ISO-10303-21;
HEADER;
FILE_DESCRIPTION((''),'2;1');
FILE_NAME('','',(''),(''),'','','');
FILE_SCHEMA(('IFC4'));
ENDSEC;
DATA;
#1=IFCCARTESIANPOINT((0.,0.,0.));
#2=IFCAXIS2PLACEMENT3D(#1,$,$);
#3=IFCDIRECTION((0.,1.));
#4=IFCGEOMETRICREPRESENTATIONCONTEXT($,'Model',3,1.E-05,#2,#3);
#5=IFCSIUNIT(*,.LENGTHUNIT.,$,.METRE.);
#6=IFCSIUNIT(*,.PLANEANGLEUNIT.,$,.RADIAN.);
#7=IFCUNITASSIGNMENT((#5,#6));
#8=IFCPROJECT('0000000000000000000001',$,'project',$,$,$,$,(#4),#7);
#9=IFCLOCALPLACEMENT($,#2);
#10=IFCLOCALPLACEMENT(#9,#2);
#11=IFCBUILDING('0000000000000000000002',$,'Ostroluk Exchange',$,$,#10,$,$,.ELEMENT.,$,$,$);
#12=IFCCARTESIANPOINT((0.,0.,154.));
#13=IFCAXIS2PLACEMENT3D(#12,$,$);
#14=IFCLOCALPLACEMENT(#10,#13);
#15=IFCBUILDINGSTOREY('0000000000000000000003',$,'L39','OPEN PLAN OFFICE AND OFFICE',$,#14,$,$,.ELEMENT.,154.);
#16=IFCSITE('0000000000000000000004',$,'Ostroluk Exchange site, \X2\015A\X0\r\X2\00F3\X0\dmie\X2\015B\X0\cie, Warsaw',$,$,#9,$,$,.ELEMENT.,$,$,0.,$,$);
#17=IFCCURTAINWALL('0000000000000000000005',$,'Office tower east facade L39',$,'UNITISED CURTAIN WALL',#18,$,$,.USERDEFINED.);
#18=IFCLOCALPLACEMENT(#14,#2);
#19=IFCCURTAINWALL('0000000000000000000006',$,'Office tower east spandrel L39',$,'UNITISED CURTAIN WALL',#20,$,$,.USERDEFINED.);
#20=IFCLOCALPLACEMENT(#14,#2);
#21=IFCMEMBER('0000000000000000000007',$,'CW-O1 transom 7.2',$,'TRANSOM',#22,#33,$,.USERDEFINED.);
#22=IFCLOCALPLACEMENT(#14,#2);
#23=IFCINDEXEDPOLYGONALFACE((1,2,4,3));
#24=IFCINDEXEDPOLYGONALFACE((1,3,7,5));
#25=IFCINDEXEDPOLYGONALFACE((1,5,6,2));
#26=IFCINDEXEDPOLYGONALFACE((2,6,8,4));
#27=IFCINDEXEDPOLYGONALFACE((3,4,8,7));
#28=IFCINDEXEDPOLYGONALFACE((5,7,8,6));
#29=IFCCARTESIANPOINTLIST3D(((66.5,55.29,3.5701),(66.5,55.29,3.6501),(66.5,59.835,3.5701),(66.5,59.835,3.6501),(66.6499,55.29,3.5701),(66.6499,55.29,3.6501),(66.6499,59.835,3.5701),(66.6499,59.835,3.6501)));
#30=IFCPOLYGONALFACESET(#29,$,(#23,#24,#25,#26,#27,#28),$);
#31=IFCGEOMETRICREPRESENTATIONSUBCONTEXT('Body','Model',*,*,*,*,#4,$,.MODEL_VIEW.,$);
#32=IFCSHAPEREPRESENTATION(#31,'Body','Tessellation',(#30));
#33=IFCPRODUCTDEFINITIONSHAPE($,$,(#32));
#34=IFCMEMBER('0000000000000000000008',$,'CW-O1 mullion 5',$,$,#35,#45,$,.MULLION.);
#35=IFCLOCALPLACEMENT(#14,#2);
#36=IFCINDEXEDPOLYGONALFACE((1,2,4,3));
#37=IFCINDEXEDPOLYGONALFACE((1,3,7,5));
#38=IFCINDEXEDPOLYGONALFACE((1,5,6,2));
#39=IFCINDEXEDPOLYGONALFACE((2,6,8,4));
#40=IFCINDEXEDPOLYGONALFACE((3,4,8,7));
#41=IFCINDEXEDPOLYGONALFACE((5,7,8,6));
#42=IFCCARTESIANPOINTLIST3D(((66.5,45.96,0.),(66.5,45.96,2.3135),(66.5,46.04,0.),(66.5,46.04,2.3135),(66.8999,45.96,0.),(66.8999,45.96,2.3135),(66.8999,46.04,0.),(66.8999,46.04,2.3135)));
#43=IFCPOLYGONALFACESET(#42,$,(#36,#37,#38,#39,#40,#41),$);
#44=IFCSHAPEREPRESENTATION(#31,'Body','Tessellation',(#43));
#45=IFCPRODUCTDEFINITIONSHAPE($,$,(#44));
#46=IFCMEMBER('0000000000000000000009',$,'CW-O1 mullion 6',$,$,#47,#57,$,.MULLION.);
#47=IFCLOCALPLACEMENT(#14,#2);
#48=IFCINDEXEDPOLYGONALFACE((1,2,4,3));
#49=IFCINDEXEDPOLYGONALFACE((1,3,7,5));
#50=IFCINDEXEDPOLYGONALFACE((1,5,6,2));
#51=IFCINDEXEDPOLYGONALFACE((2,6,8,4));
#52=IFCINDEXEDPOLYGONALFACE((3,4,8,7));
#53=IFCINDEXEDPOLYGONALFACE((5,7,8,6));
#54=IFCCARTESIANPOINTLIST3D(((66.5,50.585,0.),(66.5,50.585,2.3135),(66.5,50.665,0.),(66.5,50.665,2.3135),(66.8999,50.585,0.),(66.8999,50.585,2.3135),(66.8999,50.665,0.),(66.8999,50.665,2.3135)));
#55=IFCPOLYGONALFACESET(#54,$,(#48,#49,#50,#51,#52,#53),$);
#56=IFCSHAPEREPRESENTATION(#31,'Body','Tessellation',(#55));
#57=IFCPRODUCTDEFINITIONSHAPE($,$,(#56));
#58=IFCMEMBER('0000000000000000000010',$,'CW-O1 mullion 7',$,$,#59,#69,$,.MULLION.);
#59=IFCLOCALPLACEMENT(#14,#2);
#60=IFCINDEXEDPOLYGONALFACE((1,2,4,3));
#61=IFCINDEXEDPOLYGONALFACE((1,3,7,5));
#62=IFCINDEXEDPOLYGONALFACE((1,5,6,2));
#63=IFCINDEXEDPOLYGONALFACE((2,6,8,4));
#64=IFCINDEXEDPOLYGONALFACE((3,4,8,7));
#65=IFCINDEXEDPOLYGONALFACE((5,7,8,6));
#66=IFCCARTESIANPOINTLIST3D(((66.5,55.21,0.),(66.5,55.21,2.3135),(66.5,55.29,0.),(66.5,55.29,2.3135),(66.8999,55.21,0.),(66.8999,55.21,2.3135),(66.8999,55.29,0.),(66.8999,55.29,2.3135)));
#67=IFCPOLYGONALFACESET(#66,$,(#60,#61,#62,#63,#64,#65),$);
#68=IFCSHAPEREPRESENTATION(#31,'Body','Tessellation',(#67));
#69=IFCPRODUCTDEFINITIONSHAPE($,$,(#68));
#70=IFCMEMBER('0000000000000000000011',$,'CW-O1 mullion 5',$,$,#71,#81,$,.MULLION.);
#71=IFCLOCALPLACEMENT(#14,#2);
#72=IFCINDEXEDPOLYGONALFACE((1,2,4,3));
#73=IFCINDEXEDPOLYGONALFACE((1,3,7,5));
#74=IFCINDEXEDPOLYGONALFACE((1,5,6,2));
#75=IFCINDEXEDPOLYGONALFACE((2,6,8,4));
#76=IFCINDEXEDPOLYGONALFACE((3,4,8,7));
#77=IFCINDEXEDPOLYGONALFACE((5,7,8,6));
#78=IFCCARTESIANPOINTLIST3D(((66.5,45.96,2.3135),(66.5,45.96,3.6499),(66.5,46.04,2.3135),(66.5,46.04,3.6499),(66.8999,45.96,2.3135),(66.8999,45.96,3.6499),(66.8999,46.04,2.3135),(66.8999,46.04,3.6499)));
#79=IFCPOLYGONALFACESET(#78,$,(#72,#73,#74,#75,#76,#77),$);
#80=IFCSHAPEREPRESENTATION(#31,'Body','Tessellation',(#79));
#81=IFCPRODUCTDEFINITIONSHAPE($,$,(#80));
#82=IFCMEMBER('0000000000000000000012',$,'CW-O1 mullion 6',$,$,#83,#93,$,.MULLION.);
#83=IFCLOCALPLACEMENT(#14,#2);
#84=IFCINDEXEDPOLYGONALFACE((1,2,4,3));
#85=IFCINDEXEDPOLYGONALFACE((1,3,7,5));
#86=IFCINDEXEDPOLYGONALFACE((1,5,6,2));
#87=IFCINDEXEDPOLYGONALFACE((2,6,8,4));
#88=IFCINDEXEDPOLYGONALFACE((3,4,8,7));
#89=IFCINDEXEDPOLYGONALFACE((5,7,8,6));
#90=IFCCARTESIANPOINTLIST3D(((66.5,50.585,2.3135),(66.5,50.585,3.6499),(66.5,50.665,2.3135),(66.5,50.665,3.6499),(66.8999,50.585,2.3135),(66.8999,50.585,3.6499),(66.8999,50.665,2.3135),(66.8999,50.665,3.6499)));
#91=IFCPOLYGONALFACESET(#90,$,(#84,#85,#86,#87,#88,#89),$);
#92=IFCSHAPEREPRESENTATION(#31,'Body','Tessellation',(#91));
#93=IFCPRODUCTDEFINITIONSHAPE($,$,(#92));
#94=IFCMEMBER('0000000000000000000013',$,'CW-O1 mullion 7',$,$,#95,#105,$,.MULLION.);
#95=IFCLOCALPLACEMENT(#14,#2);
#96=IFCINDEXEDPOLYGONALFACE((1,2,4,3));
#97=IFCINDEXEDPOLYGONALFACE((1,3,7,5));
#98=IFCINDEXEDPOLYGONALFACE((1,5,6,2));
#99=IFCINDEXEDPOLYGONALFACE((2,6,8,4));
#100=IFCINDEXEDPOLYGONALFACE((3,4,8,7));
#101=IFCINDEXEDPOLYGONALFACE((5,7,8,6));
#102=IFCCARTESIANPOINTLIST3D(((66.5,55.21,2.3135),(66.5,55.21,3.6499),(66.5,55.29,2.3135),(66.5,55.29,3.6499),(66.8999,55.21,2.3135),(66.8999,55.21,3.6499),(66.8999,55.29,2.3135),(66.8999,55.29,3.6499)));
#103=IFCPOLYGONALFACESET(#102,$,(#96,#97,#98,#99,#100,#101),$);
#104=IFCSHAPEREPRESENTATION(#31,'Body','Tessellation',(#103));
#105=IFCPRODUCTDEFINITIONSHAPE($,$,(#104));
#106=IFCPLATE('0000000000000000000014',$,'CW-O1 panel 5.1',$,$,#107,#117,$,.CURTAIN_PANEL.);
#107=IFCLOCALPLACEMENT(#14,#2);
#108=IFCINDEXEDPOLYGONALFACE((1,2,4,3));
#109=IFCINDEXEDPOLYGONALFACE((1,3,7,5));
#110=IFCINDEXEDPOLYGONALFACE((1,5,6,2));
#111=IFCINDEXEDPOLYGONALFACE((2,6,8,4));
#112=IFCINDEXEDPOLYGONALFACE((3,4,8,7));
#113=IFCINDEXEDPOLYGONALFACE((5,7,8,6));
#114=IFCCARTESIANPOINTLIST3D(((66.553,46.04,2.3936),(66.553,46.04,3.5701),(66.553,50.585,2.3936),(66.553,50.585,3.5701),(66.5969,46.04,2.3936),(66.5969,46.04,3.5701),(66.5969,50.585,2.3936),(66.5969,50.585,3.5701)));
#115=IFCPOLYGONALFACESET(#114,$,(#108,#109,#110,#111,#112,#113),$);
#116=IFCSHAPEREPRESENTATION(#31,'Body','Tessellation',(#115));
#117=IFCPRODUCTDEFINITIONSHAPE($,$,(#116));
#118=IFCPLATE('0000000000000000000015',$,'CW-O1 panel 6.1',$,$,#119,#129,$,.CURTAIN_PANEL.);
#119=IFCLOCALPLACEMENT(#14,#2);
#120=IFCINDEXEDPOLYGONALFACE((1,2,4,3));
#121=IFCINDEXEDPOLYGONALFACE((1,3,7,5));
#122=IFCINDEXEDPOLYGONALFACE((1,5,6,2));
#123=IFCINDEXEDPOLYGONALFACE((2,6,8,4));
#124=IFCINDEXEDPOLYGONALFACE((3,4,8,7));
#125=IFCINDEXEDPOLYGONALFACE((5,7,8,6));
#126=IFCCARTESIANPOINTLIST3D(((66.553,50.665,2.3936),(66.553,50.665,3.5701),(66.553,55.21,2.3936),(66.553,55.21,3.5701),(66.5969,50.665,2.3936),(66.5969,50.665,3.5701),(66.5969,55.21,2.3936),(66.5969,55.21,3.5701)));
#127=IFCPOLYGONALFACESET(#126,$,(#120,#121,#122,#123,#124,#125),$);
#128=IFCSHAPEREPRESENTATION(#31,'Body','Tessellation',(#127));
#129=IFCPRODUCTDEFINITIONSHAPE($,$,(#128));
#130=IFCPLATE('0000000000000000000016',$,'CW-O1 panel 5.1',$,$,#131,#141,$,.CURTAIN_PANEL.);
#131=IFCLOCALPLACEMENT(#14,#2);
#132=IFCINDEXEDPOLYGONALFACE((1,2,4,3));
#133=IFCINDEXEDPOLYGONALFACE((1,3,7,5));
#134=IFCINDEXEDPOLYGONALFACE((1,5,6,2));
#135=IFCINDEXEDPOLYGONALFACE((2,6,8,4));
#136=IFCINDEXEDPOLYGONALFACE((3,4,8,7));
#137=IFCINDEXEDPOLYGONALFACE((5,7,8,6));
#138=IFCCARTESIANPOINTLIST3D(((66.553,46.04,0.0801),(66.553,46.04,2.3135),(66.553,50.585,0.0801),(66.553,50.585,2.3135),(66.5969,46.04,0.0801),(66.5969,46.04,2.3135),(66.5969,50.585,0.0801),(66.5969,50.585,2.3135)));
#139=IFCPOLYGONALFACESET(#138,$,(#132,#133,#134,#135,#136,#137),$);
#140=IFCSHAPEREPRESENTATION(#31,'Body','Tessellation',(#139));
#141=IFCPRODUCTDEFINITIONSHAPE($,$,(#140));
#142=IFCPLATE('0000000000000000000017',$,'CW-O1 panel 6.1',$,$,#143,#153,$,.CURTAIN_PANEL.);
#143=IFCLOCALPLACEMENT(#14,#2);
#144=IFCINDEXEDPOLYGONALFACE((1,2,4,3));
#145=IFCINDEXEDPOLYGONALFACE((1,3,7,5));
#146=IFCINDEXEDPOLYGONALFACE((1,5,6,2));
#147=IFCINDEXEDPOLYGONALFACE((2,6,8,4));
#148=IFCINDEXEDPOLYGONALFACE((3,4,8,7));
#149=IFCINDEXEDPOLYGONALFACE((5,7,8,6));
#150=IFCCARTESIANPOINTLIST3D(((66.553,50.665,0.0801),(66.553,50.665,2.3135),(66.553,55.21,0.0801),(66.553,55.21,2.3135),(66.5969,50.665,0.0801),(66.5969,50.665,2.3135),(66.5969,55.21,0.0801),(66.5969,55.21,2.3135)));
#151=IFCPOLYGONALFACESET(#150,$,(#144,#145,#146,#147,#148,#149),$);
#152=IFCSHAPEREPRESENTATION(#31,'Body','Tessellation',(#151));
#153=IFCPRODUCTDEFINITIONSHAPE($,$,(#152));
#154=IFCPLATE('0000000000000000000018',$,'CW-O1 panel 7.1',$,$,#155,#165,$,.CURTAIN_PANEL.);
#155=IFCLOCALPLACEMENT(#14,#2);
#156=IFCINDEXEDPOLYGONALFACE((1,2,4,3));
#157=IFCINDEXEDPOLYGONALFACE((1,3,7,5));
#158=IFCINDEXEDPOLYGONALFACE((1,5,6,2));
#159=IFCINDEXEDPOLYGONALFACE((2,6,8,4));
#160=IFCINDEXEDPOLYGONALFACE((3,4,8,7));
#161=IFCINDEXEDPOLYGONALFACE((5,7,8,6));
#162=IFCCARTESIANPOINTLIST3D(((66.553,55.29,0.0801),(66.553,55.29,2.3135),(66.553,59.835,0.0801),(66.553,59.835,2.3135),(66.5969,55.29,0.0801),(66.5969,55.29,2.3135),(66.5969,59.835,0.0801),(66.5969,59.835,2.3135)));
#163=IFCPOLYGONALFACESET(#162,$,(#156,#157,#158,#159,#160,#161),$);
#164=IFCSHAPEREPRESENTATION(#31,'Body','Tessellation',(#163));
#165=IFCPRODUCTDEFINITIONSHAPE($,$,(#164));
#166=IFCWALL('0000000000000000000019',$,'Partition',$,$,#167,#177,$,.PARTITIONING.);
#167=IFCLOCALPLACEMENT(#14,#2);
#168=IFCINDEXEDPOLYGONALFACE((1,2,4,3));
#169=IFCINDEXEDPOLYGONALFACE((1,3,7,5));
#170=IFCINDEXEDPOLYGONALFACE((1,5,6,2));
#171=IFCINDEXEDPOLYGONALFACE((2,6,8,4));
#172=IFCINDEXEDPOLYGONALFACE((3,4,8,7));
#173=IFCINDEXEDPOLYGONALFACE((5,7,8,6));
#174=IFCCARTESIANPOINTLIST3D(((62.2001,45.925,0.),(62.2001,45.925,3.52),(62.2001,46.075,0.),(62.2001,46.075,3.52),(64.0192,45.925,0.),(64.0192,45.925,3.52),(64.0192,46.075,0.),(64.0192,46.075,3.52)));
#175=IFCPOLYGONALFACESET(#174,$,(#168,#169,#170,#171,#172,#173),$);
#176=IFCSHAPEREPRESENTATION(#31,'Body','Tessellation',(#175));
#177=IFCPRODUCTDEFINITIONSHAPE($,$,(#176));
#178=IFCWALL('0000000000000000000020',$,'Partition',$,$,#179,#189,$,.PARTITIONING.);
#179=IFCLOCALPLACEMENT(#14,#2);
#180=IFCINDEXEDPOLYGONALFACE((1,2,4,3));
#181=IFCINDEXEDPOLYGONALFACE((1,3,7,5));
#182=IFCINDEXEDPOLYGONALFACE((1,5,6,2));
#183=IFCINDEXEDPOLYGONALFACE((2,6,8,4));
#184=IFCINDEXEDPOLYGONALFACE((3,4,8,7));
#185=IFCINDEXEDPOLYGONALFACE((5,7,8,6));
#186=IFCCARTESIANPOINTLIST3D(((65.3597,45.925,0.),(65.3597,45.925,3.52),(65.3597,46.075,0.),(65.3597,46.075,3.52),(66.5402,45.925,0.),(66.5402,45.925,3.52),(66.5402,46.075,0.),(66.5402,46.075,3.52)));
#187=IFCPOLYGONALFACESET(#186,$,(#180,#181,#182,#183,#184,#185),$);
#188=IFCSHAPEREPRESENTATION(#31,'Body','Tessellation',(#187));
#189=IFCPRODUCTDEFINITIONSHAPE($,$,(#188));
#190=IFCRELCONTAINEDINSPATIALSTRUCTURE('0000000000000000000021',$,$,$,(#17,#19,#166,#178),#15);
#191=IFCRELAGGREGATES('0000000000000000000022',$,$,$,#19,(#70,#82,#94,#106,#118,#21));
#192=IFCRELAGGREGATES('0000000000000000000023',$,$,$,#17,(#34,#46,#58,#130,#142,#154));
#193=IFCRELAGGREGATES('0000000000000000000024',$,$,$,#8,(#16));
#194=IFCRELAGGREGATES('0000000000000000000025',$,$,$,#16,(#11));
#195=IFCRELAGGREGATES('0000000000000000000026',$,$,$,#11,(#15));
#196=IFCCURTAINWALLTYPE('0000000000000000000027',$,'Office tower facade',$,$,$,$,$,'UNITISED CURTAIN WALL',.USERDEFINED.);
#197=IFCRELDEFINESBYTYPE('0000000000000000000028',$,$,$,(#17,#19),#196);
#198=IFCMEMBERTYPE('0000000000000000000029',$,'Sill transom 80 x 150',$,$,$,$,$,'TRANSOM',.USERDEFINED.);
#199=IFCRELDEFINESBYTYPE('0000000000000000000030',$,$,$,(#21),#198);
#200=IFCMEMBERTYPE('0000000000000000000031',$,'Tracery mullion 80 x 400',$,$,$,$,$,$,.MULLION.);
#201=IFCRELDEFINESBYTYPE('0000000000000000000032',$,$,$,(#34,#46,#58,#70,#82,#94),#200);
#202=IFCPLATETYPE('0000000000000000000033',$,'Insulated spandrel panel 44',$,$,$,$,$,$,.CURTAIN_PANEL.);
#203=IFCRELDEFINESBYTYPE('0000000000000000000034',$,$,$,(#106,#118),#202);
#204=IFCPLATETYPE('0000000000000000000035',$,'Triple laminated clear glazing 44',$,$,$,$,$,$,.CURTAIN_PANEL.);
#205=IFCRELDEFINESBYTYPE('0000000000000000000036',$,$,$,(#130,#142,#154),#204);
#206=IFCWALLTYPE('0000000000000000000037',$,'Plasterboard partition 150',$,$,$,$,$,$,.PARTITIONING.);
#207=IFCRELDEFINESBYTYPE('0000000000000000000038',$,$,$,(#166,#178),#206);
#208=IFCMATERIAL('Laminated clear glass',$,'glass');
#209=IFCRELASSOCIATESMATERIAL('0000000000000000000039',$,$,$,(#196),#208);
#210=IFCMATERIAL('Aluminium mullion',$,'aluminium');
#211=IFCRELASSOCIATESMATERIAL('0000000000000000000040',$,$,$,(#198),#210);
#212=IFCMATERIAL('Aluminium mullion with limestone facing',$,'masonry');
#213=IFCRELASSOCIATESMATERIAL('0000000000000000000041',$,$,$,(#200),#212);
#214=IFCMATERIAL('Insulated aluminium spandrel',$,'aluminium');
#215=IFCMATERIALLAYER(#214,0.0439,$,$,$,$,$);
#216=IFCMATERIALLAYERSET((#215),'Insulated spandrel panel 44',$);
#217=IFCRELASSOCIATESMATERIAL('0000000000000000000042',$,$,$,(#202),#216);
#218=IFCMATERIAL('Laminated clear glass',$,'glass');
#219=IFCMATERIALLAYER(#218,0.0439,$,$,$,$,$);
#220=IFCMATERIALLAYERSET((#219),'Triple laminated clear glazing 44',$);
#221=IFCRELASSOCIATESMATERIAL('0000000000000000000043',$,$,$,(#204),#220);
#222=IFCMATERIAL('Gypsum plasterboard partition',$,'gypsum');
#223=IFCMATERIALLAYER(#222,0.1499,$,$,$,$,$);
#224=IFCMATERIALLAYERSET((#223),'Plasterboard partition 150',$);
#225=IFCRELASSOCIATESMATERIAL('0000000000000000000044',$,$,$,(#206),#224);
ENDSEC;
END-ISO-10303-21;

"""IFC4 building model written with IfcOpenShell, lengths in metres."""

from ifc_helpers import new_model, si_unit, direction, frame, frame_2d, origin, origin_2d, place, context, subcontext, project, spatial, rectangle, extrude, material, layer, layer_set, material_profile, profile_set, type_object, element, aggregate, save


model = new_model("IFC4")

# Units and contexts
model_context = context("Model", 3, precision=1e-05, world=origin(), true_north=direction((0.0, 1.0)))
body_context = subcontext(model_context, "Body", "Model", "MODEL_VIEW")
ifc_project = project(units=[si_unit("LENGTHUNIT", "METRE"), si_unit("PLANEANGLEUNIT", "RADIAN")], contexts=[model_context])

# Site, building, storey
site_placement = place(None, origin())
site = spatial("IfcSite", under=ifc_project, at=site_placement, Name="Ostroluk Exchange site, Śródmieście, Warsaw", CompositionType="ELEMENT", RefElevation=0.0)
building_placement = place(site_placement, origin())
building = spatial("IfcBuilding", under=site, at=building_placement, Name="Ostroluk Exchange", CompositionType="ELEMENT")
storey_placement = place(building_placement, frame((0.0, 0.0, 154.0)))
storey = spatial("IfcBuildingStorey", under=building, at=storey_placement, Name="L39", Description="OPEN PLAN OFFICE AND OFFICE", CompositionType="ELEMENT", Elevation=154.0)

# Curtain walls, member
ifc_material_1 = material(Name="Laminated clear glass", Category="glass")
curtain_wall_type = type_object("IfcCurtainWallType", Name="Office tower facade", ElementType="UNITISED CURTAIN WALL", PredefinedType="USERDEFINED", material=ifc_material_1)
curtain_wall_1_placement = place(storey_placement, origin())
curtain_wall_1 = element("IfcCurtainWall", 1, at=curtain_wall_1_placement, inside=storey, type_object=curtain_wall_type, Name="Office tower east facade L39", ObjectType="UNITISED CURTAIN WALL", PredefinedType="USERDEFINED")
ifc_material_2 = material(Name="Aluminium mullion", Category="aluminium")
ifc_material_profile_1 = material_profile(ifc_material_2, rectangle(XDim=0.1499, YDim=0.0801, at=origin_2d()), Name="Sill transom 80 x 150")
ifc_profile_set_1 = profile_set([ifc_material_profile_1], Name="Aluminium mullion")
member_type_1 = type_object("IfcMemberType", Name="Sill transom 80 x 150", ElementType="TRANSOM", PredefinedType="USERDEFINED", material=ifc_profile_set_1)
curtain_wall_2_placement = place(storey_placement, origin())
curtain_wall_2 = element("IfcCurtainWall", 2, at=curtain_wall_2_placement, inside=storey, type_object=curtain_wall_type, Name="Office tower east spandrel L39", ObjectType="UNITISED CURTAIN WALL", PredefinedType="USERDEFINED")
member_1_placement = place(storey_placement, frame((66.575, 55.29, 3.6101), z_axis=(0.0, 1.0, 0.0), x_axis=(-1.0, 0.0, 0.0)))
member_1 = element("IfcMember", 3, at=member_1_placement, type_object=member_type_1, Name="CW-O1 transom 7.2", ObjectType="TRANSOM", PredefinedType="USERDEFINED", context=body_context, shape_type="SweptSolid", body=[
    extrude(rectangle(XDim=0.1499, YDim=0.0801, at=origin_2d()), origin(), (0.0, 0.0, 1.0), 4.5449),
])

# Members
ifc_material_3 = material(Name="Aluminium mullion with limestone facing", Category="masonry")
ifc_material_profile_2 = material_profile(ifc_material_3, rectangle(XDim=0.3999, YDim=0.0801, at=origin_2d()), Name="Tracery mullion 80 x 400")
ifc_profile_set_2 = profile_set([ifc_material_profile_2], Name="Aluminium mullion with limestone facing")
member_type_2 = type_object("IfcMemberType", Name="Tracery mullion 80 x 400", PredefinedType="MULLION", material=ifc_profile_set_2)
member_2_placement = place(storey_placement, frame((66.7, 46.0, 0.0), z_axis=(0.0, 0.0, 1.0), x_axis=(-1.0, 0.0, 0.0)))
member_2 = element("IfcMember", 4, at=member_2_placement, type_object=member_type_2, Name="CW-O1 mullion 5", PredefinedType="MULLION", context=body_context, shape_type="SweptSolid", body=[
    extrude(rectangle(XDim=0.3999, YDim=0.0801, at=origin_2d()), origin(), (0.0, 0.0, 1.0), 2.3135),
])
member_3_placement = place(storey_placement, frame((66.7, 50.625, 0.0), z_axis=(0.0, 0.0, 1.0), x_axis=(-1.0, 0.0, 0.0)))
member_3 = element("IfcMember", 5, at=member_3_placement, type_object=member_type_2, Name="CW-O1 mullion 6", PredefinedType="MULLION", context=body_context, shape_type="SweptSolid", body=[
    extrude(rectangle(XDim=0.3999, YDim=0.0801, at=origin_2d()), origin(), (0.0, 0.0, 1.0), 2.3135),
])
member_4_placement = place(storey_placement, frame((66.7, 55.25, 0.0), z_axis=(0.0, 0.0, 1.0), x_axis=(-1.0, 0.0, 0.0)))
member_4 = element("IfcMember", 6, at=member_4_placement, type_object=member_type_2, Name="CW-O1 mullion 7", PredefinedType="MULLION", context=body_context, shape_type="SweptSolid", body=[
    extrude(rectangle(XDim=0.3999, YDim=0.0801, at=origin_2d()), origin(), (0.0, 0.0, 1.0), 2.3135),
])
member_5_placement = place(storey_placement, frame((66.7, 46.0, 2.3135), z_axis=(0.0, 0.0, 1.0), x_axis=(-1.0, 0.0, 0.0)))
member_5 = element("IfcMember", 7, at=member_5_placement, type_object=member_type_2, Name="CW-O1 mullion 5", PredefinedType="MULLION", context=body_context, shape_type="SweptSolid", body=[
    extrude(rectangle(XDim=0.3999, YDim=0.0801, at=origin_2d()), origin(), (0.0, 0.0, 1.0), 1.3364),
])
member_6_placement = place(storey_placement, frame((66.7, 50.625, 2.3135), z_axis=(0.0, 0.0, 1.0), x_axis=(-1.0, 0.0, 0.0)))
member_6 = element("IfcMember", 8, at=member_6_placement, type_object=member_type_2, Name="CW-O1 mullion 6", PredefinedType="MULLION", context=body_context, shape_type="SweptSolid", body=[
    extrude(rectangle(XDim=0.3999, YDim=0.0801, at=origin_2d()), origin(), (0.0, 0.0, 1.0), 1.3364),
])
member_7_placement = place(storey_placement, frame((66.7, 55.25, 2.3135), z_axis=(0.0, 0.0, 1.0), x_axis=(-1.0, 0.0, 0.0)))
member_7 = element("IfcMember", 9, at=member_7_placement, type_object=member_type_2, Name="CW-O1 mullion 7", PredefinedType="MULLION", context=body_context, shape_type="SweptSolid", body=[
    extrude(rectangle(XDim=0.3999, YDim=0.0801, at=origin_2d()), origin(), (0.0, 0.0, 1.0), 1.3364),
])

# Plates
ifc_material_4 = material(Name="Insulated aluminium spandrel", Category="aluminium")
ifc_layer_1 = layer(ifc_material_4, 0.0439)
ifc_layer_set_1 = layer_set([ifc_layer_1], Name="Insulated spandrel panel 44")
plate_type_1 = type_object("IfcPlateType", Name="Insulated spandrel panel 44", PredefinedType="CURTAIN_PANEL", material=ifc_layer_set_1)
plate_1_placement = place(storey_placement, frame((66.575, 48.3125, 2.3936), z_axis=(0.0, 0.0, 1.0), x_axis=(0.0, 1.0, 0.0)))
plate_1 = element("IfcPlate", 10, at=plate_1_placement, type_object=plate_type_1, Name="CW-O1 panel 5.1", PredefinedType="CURTAIN_PANEL", context=body_context, shape_type="SweptSolid", body=[
    extrude(rectangle(XDim=4.5449, YDim=0.0439, at=origin_2d()), origin(), (0.0, 0.0, 1.0), 1.1765),
])
plate_2_placement = place(storey_placement, frame((66.575, 52.9375, 2.3936), z_axis=(0.0, 0.0, 1.0), x_axis=(0.0, 1.0, 0.0)))
plate_2 = element("IfcPlate", 11, at=plate_2_placement, type_object=plate_type_1, Name="CW-O1 panel 6.1", PredefinedType="CURTAIN_PANEL", context=body_context, shape_type="SweptSolid", body=[
    extrude(rectangle(XDim=4.5449, YDim=0.0439, at=origin_2d()), origin(), (0.0, 0.0, 1.0), 1.1765),
])
aggregate(curtain_wall_2, [member_5, member_6, member_7, plate_1, plate_2, member_1])
ifc_material_5 = material(Name="Laminated clear glass", Category="glass")
ifc_layer_2 = layer(ifc_material_5, 0.0439)
ifc_layer_set_2 = layer_set([ifc_layer_2], Name="Triple laminated clear glazing 44")
plate_type_2 = type_object("IfcPlateType", Name="Triple laminated clear glazing 44", PredefinedType="CURTAIN_PANEL", material=ifc_layer_set_2)
plate_3_placement = place(storey_placement, frame((66.575, 48.3125, 0.0801), z_axis=(0.0, 0.0, 1.0), x_axis=(0.0, 1.0, 0.0)))
plate_3 = element("IfcPlate", 12, at=plate_3_placement, type_object=plate_type_2, Name="CW-O1 panel 5.1", PredefinedType="CURTAIN_PANEL", context=body_context, shape_type="SweptSolid", body=[
    extrude(rectangle(XDim=4.5449, YDim=0.0439, at=origin_2d()), origin(), (0.0, 0.0, 1.0), 2.2334),
])
plate_4_placement = place(storey_placement, frame((66.575, 52.9375, 0.0801), z_axis=(0.0, 0.0, 1.0), x_axis=(0.0, 1.0, 0.0)))
plate_4 = element("IfcPlate", 13, at=plate_4_placement, type_object=plate_type_2, Name="CW-O1 panel 6.1", PredefinedType="CURTAIN_PANEL", context=body_context, shape_type="SweptSolid", body=[
    extrude(rectangle(XDim=4.5449, YDim=0.0439, at=origin_2d()), origin(), (0.0, 0.0, 1.0), 2.2334),
])
plate_5_placement = place(storey_placement, frame((66.575, 57.5625, 0.0801), z_axis=(0.0, 0.0, 1.0), x_axis=(0.0, 1.0, 0.0)))
plate_5 = element("IfcPlate", 14, at=plate_5_placement, type_object=plate_type_2, Name="CW-O1 panel 7.1", PredefinedType="CURTAIN_PANEL", context=body_context, shape_type="SweptSolid", body=[
    extrude(rectangle(XDim=4.5449, YDim=0.0439, at=origin_2d()), origin(), (0.0, 0.0, 1.0), 2.2334),
])
aggregate(curtain_wall_1, [member_2, member_3, member_4, plate_3, plate_4, plate_5])

# Walls
ifc_material_6 = material(Name="Gypsum plasterboard partition", Category="gypsum")
ifc_layer_3 = layer(ifc_material_6, 0.1499)
ifc_layer_set_3 = layer_set([ifc_layer_3], Name="Plasterboard partition 150")
wall_type = type_object("IfcWallType", Name="Plasterboard partition 150", PredefinedType="PARTITIONING", material=ifc_layer_set_3)
wall_1_placement = place(storey_placement, frame((62.2, 46.0, 0.0), z_axis=(0.0, 0.0, 1.0), x_axis=(1.0, 0.0, 0.0)))
element("IfcWall", 15, at=wall_1_placement, inside=storey, type_object=wall_type, Name="Partition", PredefinedType="PARTITIONING", context=body_context, shape_type="SweptSolid", body=[
    extrude(rectangle(XDim=1.8191, YDim=0.1499, at=frame_2d((0.9097, 0.0))), origin(), (0.0, 0.0, 1.0), 3.52),
])
wall_2_placement = place(storey_placement, frame((65.3596, 46.0, 0.0), z_axis=(0.0, 0.0, 1.0), x_axis=(1.0, 0.0, 0.0)))
element("IfcWall", 16, at=wall_2_placement, inside=storey, type_object=wall_type, Name="Partition", PredefinedType="PARTITIONING", context=body_context, shape_type="SweptSolid", body=[
    extrude(rectangle(XDim=1.1804, YDim=0.1499, at=frame_2d((0.5903, 0.0))), origin(), (0.0, 0.0, 1.0), 3.52),
])

save(model, "model.ifc")
